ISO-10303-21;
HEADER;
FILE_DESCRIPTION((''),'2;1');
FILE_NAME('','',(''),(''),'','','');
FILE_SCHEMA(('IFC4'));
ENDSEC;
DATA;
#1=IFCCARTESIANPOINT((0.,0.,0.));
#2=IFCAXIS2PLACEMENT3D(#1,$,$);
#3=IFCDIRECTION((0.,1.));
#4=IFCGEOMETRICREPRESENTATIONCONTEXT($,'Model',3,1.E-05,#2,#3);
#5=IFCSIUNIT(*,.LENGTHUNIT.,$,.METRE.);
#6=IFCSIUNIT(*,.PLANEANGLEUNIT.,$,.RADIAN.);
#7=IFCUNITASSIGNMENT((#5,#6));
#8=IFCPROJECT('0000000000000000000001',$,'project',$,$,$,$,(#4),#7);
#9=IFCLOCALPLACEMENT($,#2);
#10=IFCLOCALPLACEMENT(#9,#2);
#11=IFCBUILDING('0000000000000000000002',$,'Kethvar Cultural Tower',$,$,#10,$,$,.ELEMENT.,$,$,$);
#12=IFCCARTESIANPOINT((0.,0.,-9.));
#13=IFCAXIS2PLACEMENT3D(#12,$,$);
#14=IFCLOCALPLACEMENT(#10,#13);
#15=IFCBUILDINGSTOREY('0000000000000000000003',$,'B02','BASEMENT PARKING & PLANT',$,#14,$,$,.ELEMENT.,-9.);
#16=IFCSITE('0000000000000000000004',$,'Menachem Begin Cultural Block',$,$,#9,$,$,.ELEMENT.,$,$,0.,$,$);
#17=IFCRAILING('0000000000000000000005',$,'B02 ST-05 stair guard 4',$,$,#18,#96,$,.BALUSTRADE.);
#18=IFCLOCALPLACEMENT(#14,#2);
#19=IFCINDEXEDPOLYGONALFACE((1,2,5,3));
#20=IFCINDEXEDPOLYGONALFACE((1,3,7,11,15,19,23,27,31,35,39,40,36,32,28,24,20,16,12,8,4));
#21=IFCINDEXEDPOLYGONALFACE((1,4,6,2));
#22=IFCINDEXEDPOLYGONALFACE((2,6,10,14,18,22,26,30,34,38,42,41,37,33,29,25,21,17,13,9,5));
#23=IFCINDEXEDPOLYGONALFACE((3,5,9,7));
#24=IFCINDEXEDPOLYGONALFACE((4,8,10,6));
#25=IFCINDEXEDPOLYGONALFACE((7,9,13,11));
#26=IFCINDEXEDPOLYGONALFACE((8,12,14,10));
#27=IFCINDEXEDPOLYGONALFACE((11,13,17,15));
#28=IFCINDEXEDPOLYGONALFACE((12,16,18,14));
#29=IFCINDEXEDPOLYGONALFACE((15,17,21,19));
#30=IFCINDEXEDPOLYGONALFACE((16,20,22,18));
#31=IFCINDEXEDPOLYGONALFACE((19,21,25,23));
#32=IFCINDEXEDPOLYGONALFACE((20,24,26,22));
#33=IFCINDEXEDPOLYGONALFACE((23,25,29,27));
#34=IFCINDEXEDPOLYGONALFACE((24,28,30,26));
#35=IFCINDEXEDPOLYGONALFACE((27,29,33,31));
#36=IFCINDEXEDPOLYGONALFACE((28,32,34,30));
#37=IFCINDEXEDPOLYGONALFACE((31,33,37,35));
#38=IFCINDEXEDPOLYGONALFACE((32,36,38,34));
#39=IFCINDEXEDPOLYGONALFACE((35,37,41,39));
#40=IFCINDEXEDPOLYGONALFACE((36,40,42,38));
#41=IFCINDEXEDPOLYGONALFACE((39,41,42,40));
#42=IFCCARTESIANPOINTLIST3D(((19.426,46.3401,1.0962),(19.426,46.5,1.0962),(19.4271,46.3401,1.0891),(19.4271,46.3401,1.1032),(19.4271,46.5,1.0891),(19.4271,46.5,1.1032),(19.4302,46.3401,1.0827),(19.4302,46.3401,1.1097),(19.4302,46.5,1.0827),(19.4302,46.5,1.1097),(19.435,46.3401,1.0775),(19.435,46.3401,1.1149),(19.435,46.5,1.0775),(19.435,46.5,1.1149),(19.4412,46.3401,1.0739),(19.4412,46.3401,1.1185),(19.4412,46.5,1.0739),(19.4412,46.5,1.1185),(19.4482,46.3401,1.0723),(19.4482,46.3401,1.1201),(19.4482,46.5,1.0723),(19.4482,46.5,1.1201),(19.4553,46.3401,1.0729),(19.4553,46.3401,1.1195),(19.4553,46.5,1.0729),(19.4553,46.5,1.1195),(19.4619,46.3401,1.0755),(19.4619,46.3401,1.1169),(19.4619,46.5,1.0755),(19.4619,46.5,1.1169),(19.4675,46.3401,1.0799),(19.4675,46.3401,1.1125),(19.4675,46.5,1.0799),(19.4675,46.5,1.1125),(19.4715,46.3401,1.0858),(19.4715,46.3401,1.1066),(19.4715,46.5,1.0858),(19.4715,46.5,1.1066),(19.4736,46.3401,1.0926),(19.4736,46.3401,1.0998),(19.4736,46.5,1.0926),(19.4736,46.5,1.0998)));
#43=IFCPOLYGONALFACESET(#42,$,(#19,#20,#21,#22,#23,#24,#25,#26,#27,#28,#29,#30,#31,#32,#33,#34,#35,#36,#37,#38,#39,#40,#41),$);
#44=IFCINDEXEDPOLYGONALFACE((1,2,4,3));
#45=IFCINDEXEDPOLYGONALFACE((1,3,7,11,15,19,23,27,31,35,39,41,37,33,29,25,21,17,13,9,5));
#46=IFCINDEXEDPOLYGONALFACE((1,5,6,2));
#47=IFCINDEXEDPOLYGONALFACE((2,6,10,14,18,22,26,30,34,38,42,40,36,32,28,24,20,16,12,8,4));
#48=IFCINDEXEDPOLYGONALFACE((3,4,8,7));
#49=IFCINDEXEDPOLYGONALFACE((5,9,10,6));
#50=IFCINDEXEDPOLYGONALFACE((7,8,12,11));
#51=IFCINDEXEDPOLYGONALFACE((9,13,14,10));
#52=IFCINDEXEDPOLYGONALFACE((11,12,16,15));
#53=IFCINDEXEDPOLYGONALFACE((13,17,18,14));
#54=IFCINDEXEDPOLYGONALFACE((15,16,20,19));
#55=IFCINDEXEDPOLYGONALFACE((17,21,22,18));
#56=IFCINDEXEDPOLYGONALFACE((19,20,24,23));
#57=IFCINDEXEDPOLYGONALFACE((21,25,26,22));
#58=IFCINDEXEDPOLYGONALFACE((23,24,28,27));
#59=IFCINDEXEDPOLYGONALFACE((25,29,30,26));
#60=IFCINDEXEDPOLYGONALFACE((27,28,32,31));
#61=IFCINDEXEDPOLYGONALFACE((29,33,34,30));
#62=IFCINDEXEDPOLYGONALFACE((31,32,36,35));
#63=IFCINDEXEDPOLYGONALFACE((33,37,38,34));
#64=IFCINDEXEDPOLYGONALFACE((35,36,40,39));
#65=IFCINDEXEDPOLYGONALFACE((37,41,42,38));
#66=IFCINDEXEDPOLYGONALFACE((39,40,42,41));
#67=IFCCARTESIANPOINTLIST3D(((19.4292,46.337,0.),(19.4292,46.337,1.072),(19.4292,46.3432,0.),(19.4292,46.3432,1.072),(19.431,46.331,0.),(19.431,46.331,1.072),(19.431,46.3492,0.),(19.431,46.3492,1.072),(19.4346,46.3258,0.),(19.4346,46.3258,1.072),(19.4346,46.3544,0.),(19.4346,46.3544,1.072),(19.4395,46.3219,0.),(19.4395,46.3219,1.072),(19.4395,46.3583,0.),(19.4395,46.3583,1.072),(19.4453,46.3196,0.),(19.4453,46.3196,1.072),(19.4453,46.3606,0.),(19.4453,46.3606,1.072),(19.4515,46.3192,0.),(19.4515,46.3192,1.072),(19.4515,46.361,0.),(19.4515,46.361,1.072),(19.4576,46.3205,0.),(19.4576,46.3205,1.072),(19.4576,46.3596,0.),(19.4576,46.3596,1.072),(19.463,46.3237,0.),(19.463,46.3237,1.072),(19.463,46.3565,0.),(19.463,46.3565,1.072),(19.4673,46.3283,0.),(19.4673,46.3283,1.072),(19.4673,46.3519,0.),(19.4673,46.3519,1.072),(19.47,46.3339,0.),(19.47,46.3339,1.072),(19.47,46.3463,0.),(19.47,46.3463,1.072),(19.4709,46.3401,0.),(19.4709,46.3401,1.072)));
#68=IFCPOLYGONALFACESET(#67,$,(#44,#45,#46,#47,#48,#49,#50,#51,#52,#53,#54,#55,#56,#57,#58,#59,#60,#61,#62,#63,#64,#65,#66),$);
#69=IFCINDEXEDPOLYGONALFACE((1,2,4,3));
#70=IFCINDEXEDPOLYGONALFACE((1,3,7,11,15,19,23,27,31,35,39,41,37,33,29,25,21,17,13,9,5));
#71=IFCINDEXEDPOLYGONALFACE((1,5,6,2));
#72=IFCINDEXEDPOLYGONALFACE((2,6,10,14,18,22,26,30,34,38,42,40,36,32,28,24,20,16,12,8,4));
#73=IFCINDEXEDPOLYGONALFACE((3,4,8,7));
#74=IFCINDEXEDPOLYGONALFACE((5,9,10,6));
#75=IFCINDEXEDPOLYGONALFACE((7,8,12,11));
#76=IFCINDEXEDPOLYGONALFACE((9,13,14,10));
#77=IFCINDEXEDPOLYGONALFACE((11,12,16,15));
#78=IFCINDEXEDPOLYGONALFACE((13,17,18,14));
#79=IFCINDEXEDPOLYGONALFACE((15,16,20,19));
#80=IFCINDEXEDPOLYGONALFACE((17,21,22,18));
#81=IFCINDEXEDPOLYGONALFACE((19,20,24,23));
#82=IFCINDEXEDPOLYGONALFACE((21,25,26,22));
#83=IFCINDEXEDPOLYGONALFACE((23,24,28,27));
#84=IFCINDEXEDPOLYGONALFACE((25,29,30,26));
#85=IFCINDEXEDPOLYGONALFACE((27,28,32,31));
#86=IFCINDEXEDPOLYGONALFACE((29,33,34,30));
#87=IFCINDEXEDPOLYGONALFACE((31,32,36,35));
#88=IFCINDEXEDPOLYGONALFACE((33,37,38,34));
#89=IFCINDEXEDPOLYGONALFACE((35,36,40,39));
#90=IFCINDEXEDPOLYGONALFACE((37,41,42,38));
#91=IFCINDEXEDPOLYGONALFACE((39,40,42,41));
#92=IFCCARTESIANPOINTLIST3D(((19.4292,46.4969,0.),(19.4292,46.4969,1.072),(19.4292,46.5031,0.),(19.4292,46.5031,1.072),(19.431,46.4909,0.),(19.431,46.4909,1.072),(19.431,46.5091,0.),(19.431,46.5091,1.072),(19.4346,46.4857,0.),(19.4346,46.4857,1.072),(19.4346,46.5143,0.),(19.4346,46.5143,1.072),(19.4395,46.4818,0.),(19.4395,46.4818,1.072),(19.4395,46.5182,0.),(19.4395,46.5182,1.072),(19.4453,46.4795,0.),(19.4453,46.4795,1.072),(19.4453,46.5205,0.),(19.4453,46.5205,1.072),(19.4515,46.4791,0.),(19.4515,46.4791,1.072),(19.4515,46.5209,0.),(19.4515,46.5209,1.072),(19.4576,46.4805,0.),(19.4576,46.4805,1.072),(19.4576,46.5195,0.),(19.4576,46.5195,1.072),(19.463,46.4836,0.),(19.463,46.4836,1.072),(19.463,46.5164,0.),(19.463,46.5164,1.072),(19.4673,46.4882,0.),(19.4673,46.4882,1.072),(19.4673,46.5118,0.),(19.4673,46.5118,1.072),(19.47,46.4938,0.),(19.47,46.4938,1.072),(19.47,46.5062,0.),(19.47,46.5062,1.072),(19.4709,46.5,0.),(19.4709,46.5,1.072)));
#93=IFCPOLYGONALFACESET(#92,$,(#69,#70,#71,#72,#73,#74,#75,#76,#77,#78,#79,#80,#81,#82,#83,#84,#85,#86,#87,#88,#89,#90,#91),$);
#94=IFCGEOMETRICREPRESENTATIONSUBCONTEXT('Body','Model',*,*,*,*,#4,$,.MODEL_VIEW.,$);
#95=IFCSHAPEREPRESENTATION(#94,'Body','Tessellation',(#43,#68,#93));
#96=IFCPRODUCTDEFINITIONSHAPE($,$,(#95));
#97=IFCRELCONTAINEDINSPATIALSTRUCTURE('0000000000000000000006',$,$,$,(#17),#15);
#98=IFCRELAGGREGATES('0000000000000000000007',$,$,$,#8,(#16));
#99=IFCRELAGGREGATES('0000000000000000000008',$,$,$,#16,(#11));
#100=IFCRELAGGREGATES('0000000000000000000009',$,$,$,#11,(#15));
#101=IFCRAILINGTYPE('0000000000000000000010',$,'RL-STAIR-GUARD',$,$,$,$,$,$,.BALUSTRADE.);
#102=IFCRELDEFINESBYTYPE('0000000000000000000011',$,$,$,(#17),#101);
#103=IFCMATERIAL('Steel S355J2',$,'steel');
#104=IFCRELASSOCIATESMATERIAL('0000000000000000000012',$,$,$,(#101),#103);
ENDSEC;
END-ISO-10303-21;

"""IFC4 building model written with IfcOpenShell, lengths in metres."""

from ifc_helpers import new_model, si_unit, direction, frame, origin, origin_2d, place, context, subcontext, project, spatial, circle, extrude, material, type_object, element, save


model = new_model("IFC4")

# Units and contexts
model_context = context("Model", 3, precision=1e-05, world=origin(), true_north=direction((0.0, 1.0)))
body_context = subcontext(model_context, "Body", "Model", "MODEL_VIEW")
ifc_project = project(units=[si_unit("LENGTHUNIT", "METRE"), si_unit("PLANEANGLEUNIT", "RADIAN")], contexts=[model_context])

# Site, building, storey
site_placement = place(None, origin())
site = spatial("IfcSite", under=ifc_project, at=site_placement, Name="Menachem Begin Cultural Block", CompositionType="ELEMENT", RefElevation=0.0)
building_placement = place(site_placement, origin())
building = spatial("IfcBuilding", under=site, at=building_placement, Name="Kethvar Cultural Tower", CompositionType="ELEMENT")
storey_placement = place(building_placement, frame((0.0, 0.0, -9.0)))
storey = spatial("IfcBuildingStorey", under=building, at=storey_placement, Name="B02", Description="BASEMENT PARKING & PLANT", CompositionType="ELEMENT", Elevation=-9.0)

# Shared definitions
ifc_material_1 = material(Name="Steel S355J2", Category="steel")

# Railing
railing_type_1 = type_object("IfcRailingType", Name="RL-STAIR-GUARD", PredefinedType="BALUSTRADE", material=ifc_material_1)
railing_1_placement = place(storey_placement, frame((19.45, 46.3401, 0.0)))
element("IfcRailing", 1, at=railing_1_placement, inside=storey, type_object=railing_type_1, Name="B02 ST-05 stair guard 4", PredefinedType="BALUSTRADE", context=body_context, shape_type="SweptSolid", body=[
    extrude(circle(Radius=0.0239, at=origin_2d()), frame((0.0, 0.0, 1.0962), z_axis=(0.0, 1.0, 0.0), x_axis=(-1.0, 0.0, 0.0)), (0.0, 0.0, 1.0), 0.1599),
    extrude(circle(Radius=0.021, at=origin_2d()), origin(), (0.0, 0.0, 1.0), 1.072),
    extrude(circle(Radius=0.021, at=origin_2d()), frame((0.0, 0.1599, 0.0)), (0.0, 0.0, 1.0), 1.072),
])

save(model, "model.ifc")
